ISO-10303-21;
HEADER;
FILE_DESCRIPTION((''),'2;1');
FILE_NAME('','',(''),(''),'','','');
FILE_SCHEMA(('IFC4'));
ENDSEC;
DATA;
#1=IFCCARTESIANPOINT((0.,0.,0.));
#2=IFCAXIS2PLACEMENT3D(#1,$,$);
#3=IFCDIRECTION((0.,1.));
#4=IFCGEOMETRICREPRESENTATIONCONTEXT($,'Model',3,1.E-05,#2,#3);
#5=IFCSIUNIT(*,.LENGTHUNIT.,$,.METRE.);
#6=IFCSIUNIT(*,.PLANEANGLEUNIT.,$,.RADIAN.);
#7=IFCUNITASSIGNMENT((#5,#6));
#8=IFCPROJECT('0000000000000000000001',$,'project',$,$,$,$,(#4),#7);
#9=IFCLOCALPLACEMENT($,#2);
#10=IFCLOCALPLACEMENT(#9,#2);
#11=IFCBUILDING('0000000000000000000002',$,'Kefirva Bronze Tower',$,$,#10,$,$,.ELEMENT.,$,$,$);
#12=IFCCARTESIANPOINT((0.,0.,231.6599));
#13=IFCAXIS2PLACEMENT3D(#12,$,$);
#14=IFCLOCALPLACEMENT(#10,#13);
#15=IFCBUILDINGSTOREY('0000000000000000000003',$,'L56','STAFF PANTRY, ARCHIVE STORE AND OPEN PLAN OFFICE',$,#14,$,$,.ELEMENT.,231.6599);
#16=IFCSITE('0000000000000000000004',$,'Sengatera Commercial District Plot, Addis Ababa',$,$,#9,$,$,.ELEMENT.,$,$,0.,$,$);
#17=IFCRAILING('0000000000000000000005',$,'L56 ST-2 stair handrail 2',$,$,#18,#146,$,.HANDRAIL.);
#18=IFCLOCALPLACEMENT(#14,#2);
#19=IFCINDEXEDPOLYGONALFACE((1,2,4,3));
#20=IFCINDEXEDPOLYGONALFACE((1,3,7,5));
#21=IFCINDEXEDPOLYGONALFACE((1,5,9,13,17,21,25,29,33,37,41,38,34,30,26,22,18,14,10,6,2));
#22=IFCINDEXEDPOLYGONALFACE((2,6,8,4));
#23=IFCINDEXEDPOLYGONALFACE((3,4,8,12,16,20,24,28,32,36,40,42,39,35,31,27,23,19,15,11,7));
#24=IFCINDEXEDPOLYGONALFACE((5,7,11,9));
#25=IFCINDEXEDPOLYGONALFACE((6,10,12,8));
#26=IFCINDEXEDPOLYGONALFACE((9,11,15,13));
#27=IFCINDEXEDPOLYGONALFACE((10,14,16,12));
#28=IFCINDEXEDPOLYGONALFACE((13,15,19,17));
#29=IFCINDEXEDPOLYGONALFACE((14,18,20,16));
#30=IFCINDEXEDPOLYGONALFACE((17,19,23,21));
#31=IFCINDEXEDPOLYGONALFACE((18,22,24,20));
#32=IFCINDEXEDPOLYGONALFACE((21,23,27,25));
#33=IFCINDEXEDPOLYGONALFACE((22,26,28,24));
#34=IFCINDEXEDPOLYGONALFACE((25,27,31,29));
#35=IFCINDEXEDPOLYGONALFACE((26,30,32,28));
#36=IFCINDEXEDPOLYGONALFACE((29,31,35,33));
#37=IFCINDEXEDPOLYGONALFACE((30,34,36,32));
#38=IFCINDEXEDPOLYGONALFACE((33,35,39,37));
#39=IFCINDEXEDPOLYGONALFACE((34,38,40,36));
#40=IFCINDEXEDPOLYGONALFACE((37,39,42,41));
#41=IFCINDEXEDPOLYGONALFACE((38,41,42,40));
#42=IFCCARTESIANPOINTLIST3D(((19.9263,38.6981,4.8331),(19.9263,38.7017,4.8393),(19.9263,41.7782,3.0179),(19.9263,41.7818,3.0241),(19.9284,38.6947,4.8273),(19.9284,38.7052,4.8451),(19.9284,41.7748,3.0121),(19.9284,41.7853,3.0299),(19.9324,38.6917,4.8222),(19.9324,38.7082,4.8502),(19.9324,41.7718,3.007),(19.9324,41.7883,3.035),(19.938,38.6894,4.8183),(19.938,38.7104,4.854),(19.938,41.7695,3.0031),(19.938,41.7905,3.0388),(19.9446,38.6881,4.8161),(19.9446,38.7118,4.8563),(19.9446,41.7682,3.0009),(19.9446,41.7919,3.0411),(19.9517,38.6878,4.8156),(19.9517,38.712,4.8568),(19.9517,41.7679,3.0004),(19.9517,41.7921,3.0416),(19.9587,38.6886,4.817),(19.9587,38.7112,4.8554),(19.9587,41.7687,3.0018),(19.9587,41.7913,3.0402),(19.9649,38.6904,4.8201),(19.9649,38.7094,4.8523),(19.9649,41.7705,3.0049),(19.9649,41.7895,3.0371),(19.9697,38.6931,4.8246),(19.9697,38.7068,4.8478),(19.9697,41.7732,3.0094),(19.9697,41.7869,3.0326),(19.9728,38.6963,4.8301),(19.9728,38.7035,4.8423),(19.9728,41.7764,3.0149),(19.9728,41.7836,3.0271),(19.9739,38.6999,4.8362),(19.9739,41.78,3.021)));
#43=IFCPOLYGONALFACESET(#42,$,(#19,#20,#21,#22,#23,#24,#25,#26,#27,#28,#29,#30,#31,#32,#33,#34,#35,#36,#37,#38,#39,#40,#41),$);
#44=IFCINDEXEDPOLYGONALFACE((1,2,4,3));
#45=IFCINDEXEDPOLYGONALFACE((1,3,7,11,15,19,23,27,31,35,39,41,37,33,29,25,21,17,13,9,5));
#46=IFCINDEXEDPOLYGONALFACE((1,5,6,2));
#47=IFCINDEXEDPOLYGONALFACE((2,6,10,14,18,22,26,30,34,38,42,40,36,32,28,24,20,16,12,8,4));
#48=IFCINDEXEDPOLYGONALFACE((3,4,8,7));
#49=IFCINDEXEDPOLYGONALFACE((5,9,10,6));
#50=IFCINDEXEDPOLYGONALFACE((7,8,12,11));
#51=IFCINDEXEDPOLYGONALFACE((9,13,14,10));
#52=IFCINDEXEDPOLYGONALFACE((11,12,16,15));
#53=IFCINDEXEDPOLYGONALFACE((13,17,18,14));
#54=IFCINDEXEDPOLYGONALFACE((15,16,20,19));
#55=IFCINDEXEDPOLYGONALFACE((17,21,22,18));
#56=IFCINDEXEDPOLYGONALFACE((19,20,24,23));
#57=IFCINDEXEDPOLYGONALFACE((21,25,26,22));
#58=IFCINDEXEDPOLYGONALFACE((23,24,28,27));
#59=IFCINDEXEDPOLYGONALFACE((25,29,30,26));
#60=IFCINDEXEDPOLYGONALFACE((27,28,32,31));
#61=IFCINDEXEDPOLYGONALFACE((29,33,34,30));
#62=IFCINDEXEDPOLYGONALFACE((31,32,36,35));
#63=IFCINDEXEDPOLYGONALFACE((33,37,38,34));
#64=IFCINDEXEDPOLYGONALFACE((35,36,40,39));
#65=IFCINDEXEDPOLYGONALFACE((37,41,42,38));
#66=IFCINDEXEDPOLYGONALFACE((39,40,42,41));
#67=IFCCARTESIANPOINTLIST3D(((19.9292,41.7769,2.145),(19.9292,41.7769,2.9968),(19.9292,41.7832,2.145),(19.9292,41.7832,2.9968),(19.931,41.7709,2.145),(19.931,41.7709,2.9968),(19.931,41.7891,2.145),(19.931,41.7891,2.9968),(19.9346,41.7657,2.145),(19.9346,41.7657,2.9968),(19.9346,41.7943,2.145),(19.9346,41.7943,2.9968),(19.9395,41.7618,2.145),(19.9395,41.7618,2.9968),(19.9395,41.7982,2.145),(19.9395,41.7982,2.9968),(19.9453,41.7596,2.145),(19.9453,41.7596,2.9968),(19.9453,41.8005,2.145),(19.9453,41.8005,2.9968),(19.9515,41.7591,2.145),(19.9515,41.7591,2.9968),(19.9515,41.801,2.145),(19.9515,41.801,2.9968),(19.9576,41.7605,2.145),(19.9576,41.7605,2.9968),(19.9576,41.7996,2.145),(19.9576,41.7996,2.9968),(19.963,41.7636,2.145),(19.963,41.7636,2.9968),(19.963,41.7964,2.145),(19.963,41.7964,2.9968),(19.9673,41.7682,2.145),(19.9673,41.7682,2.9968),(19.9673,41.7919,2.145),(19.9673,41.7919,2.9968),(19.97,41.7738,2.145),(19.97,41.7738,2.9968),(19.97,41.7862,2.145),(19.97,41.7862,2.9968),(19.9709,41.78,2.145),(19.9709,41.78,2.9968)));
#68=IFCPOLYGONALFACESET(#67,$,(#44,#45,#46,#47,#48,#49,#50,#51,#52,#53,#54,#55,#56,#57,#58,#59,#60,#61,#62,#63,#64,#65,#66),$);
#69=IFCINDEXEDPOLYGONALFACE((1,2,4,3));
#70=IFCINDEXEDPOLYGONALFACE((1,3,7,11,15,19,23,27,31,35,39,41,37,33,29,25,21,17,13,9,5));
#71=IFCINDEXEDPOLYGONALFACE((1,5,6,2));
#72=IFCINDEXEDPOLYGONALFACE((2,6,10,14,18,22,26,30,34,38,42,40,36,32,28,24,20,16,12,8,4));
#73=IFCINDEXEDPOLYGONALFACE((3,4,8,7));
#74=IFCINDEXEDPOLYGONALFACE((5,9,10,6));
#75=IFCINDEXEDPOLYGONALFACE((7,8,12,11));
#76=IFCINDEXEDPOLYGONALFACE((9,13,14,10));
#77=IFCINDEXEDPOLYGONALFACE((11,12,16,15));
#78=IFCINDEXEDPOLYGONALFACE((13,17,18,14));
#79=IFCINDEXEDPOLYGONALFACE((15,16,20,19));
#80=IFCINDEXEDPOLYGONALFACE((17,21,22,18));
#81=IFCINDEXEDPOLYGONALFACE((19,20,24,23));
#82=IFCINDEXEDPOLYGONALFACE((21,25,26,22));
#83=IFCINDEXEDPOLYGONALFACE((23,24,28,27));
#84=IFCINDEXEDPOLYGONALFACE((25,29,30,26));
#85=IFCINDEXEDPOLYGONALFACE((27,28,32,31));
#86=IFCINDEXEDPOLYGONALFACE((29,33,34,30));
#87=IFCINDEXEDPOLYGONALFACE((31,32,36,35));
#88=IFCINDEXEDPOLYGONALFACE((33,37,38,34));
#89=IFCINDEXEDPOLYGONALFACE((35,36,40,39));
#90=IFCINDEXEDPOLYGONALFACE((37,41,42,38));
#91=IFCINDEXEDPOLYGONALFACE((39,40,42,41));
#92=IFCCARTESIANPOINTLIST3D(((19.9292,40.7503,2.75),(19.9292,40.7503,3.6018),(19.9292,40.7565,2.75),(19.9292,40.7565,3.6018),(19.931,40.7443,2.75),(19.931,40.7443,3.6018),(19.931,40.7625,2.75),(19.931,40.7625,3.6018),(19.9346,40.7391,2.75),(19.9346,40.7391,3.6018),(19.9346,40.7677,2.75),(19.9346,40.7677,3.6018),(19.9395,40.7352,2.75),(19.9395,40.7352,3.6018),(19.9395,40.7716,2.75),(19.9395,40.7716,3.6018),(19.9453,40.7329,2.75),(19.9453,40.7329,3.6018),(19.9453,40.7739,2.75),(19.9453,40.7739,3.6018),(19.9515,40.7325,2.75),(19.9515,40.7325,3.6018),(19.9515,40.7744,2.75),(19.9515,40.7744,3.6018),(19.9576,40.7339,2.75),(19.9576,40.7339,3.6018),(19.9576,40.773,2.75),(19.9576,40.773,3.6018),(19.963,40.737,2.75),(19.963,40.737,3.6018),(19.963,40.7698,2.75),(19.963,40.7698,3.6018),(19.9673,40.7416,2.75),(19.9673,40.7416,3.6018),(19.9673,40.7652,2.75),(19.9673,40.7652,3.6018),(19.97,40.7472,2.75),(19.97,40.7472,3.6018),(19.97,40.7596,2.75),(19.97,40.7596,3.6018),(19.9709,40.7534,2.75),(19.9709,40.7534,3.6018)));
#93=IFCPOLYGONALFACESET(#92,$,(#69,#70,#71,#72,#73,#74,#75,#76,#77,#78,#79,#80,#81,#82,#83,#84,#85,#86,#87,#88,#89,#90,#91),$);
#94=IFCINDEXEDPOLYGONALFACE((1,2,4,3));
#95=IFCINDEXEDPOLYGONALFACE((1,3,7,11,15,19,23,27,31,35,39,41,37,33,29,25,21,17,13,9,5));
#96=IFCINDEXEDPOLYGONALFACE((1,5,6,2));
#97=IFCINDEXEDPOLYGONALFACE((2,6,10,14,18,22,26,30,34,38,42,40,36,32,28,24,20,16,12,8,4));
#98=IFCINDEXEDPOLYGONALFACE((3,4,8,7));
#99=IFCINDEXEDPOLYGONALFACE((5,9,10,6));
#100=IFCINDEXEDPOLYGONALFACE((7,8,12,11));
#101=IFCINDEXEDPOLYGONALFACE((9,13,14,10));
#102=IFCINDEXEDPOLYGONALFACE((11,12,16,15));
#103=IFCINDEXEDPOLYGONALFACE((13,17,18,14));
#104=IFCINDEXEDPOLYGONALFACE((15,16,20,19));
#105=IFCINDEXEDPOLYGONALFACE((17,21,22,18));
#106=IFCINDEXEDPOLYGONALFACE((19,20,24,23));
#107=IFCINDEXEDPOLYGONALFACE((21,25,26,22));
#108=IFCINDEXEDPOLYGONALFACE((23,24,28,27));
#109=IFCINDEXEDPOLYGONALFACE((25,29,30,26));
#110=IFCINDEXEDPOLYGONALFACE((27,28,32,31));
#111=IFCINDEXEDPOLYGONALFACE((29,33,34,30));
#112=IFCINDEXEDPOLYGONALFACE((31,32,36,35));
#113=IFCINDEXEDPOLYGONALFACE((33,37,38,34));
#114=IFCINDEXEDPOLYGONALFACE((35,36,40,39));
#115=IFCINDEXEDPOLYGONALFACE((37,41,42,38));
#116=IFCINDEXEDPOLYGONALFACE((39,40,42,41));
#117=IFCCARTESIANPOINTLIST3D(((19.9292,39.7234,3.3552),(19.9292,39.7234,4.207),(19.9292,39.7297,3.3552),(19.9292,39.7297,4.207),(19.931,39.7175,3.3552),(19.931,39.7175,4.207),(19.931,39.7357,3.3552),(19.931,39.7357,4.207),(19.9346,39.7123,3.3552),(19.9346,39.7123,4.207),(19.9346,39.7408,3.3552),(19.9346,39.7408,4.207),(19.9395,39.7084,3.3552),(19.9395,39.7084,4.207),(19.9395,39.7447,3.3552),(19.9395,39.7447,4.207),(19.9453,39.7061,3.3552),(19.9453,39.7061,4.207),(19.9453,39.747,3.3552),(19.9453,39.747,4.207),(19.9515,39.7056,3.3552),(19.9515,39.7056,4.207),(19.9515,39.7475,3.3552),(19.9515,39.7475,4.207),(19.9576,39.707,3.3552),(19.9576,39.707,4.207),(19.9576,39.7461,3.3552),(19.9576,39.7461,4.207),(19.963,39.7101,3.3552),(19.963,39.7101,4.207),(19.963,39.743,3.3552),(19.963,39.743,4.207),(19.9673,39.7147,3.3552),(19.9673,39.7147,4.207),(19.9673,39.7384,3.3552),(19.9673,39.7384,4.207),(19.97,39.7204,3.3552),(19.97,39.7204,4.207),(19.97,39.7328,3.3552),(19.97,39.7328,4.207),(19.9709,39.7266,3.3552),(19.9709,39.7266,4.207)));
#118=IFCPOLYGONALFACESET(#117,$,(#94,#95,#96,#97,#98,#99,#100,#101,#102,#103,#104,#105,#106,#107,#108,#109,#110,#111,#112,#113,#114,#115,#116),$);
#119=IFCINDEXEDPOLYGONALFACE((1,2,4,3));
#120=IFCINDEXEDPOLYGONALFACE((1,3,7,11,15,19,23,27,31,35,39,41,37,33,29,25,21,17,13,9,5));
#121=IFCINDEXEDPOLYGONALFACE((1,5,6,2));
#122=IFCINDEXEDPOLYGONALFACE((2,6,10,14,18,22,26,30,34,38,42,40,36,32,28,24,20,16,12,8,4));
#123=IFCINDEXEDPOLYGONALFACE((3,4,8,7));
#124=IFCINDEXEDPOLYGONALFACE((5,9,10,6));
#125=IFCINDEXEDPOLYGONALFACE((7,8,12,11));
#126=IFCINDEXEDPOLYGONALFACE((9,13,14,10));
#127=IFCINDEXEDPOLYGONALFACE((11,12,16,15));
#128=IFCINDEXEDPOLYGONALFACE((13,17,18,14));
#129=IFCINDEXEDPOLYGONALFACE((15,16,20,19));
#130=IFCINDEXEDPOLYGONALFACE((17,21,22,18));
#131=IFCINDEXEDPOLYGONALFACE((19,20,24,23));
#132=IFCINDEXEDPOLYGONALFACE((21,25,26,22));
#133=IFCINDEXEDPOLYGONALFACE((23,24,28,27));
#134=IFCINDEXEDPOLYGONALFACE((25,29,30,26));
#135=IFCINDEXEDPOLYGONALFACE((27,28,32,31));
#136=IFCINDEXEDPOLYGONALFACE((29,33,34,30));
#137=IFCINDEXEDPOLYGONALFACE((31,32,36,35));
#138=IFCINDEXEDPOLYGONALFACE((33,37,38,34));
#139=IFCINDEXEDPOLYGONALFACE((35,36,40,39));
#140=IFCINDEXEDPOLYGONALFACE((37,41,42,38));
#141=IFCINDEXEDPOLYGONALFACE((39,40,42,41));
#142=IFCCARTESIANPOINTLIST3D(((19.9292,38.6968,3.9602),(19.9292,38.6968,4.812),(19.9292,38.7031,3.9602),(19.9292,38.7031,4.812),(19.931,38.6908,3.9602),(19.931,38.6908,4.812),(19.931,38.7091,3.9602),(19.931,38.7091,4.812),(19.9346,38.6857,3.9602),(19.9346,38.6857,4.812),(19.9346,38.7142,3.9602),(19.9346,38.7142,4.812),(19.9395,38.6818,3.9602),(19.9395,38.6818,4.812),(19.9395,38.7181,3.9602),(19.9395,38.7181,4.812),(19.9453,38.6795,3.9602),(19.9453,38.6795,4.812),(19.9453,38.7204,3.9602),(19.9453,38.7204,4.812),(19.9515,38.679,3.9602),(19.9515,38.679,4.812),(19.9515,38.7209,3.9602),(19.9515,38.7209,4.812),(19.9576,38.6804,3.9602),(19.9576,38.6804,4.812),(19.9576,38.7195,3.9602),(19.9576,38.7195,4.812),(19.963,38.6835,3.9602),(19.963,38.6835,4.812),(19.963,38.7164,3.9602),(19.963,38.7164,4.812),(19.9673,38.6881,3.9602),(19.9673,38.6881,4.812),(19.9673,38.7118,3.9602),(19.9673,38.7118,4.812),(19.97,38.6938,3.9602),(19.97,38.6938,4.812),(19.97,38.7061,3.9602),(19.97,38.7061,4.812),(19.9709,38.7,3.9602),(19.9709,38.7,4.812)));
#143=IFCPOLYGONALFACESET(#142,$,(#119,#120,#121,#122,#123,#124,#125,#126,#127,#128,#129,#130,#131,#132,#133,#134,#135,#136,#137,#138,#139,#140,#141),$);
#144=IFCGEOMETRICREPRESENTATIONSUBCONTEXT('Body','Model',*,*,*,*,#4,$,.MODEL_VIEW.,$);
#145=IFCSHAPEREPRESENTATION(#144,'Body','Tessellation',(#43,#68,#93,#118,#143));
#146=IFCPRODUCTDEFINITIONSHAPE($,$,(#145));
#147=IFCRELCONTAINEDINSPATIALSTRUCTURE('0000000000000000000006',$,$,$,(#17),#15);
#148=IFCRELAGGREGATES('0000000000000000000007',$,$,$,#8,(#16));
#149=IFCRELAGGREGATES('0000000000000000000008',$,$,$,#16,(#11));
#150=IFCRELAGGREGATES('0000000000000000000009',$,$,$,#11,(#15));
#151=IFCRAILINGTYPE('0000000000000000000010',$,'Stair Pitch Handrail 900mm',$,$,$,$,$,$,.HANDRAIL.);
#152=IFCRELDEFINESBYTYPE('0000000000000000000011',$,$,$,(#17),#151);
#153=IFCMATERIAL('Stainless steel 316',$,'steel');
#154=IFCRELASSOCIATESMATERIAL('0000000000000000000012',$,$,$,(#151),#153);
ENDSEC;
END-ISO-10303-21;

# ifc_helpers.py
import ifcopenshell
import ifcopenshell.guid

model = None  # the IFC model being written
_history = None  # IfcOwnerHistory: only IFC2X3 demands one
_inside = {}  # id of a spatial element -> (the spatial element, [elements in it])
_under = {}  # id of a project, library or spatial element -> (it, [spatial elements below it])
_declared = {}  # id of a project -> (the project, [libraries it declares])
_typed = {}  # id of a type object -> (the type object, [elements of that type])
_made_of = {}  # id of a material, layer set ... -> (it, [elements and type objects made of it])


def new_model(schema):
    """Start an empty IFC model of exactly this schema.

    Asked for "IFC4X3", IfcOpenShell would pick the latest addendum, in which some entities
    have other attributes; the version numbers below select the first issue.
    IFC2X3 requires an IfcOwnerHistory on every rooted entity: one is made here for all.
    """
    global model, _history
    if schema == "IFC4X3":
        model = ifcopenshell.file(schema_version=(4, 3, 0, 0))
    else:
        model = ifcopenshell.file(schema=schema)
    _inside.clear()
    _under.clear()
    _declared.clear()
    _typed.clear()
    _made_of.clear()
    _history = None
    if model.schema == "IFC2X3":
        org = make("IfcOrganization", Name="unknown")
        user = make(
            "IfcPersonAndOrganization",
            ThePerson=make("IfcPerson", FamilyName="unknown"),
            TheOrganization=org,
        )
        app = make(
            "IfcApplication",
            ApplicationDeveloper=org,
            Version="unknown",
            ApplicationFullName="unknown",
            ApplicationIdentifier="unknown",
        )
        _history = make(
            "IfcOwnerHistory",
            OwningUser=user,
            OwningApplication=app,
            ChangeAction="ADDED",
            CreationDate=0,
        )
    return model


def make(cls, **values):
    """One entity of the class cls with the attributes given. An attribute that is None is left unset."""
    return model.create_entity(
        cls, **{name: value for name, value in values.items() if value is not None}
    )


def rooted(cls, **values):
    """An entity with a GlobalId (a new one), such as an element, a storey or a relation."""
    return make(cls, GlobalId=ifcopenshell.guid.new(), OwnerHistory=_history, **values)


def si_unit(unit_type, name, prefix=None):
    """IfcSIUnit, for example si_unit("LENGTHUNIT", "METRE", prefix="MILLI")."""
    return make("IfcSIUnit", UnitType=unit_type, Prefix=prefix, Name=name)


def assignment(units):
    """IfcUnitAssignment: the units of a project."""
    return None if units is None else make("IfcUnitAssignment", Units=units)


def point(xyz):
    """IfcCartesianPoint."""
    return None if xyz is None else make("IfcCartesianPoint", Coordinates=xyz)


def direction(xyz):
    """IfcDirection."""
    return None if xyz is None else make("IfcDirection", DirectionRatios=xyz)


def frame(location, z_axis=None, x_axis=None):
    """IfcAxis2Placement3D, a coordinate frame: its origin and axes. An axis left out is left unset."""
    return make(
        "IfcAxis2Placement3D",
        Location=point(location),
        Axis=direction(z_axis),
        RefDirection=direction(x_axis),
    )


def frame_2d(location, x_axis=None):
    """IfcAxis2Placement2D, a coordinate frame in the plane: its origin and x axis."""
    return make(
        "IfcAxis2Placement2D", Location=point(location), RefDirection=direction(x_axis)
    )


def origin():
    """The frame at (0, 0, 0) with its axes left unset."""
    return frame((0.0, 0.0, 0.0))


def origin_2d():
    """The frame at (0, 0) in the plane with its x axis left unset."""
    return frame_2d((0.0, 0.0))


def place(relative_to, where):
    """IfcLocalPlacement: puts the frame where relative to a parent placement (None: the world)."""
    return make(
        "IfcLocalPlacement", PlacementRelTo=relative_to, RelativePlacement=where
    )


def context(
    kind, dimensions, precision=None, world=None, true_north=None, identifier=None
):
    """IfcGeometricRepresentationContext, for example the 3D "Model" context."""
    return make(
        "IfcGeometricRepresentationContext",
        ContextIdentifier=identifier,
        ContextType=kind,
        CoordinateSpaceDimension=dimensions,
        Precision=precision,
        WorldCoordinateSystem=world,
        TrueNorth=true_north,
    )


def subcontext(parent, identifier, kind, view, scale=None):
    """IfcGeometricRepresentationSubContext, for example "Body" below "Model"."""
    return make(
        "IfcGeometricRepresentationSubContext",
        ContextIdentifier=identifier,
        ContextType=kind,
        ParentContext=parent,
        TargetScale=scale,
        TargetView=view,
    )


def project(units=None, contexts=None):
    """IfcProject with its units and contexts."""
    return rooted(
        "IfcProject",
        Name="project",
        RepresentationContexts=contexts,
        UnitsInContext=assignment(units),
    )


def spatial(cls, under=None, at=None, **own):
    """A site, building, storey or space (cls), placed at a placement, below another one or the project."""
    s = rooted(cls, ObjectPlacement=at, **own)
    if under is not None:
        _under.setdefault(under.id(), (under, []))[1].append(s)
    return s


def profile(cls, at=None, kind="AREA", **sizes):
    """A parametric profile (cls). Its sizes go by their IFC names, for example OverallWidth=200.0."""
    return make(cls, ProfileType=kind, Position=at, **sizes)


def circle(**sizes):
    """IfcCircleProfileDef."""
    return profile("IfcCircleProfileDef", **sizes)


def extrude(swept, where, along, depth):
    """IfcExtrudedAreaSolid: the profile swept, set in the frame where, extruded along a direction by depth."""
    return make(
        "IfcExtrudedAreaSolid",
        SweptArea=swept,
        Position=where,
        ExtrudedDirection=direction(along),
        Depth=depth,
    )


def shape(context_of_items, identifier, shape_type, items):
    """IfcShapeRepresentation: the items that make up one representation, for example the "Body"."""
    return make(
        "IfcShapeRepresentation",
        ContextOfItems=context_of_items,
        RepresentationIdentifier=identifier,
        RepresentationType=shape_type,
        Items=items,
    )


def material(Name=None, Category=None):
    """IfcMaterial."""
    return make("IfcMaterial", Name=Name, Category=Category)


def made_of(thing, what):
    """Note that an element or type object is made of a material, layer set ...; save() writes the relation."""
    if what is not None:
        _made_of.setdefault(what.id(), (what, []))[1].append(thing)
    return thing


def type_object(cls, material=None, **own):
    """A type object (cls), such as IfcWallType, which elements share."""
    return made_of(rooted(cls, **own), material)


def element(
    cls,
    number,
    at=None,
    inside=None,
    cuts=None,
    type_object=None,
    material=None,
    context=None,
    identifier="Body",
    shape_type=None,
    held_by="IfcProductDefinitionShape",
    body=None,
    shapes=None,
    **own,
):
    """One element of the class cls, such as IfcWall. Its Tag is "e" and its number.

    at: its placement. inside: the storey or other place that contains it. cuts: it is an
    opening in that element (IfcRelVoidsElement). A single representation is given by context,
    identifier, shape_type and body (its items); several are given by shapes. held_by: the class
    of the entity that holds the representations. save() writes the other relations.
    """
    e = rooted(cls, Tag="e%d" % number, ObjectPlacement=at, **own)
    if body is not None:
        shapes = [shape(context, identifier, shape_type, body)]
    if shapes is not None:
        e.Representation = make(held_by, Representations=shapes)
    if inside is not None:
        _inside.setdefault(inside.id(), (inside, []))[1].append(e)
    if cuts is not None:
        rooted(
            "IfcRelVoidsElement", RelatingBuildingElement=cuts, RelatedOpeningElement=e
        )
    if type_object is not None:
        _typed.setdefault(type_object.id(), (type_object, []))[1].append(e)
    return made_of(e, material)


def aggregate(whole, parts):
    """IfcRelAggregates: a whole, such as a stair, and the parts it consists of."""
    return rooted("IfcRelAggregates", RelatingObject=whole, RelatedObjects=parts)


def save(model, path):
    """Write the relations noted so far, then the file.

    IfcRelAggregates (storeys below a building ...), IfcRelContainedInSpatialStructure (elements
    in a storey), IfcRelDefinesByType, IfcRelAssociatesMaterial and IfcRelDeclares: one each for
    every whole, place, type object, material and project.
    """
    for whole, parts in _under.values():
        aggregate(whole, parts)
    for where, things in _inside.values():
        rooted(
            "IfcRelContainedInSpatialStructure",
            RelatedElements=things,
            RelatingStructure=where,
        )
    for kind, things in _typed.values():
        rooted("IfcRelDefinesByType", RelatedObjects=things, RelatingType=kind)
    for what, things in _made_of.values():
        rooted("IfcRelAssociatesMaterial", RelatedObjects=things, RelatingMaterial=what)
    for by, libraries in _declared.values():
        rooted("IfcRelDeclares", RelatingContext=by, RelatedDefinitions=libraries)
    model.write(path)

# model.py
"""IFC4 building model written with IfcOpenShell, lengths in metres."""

from ifc_helpers import new_model, si_unit, direction, frame, origin, origin_2d, place, context, subcontext, project, spatial, circle, extrude, material, type_object, element, save


model = new_model("IFC4")

# Units and contexts
model_context = context("Model", 3, precision=1e-05, world=origin(), true_north=direction((0.0, 1.0)))
body_context = subcontext(model_context, "Body", "Model", "MODEL_VIEW")
ifc_project = project(units=[si_unit("LENGTHUNIT", "METRE"), si_unit("PLANEANGLEUNIT", "RADIAN")], contexts=[model_context])

# Site, building, storey
site_placement = place(None, origin())
site = spatial("IfcSite", under=ifc_project, at=site_placement, Name="Sengatera Commercial District Plot, Addis Ababa", CompositionType="ELEMENT", RefElevation=0.0)
building_placement = place(site_placement, origin())
building = spatial("IfcBuilding", under=site, at=building_placement, Name="Kefirva Bronze Tower", CompositionType="ELEMENT")
storey_placement = place(building_placement, frame((0.0, 0.0, 231.6599)))
storey = spatial("IfcBuildingStorey", under=building, at=storey_placement, Name="L56", Description="STAFF PANTRY, ARCHIVE STORE AND OPEN PLAN OFFICE", CompositionType="ELEMENT", Elevation=231.6599)

# Railing
ifc_material_1 = material(Name="Stainless steel 316", Category="steel")
railing_type_1 = type_object("IfcRailingType", Name="Stair Pitch Handrail 900mm", PredefinedType="HANDRAIL", material=ifc_material_1)
railing_1_placement = place(storey_placement, frame((19.95, 41.78, 2.145)))
element("IfcRailing", 1, at=railing_1_placement, inside=storey, type_object=railing_type_1, Name="L56 ST-2 stair handrail 2", PredefinedType="HANDRAIL", context=body_context, shape_type="SweptSolid", body=[
    extrude(circle(Radius=0.0239, at=origin_2d()), frame((0.0, 0.0, 0.876), z_axis=(0.0, -0.861521, 0.507721), x_axis=(1.0, 0.0, 0.0)), (0.0, 0.0, 1.0), 3.5752),
    extrude(circle(Radius=0.021, at=origin_2d()), origin(), (0.0, 0.0, 1.0), 0.8518),
    extrude(circle(Radius=0.021, at=origin_2d()), frame((0.0, -1.0266, 0.605)), (0.0, 0.0, 1.0), 0.8518),
    extrude(circle(Radius=0.021, at=origin_2d()), frame((0.0, -2.0535, 1.2102)), (0.0, 0.0, 1.0), 0.8518),
    extrude(circle(Radius=0.021, at=origin_2d()), frame((0.0, -3.0801, 1.8152)), (0.0, 0.0, 1.0), 0.8518),
])

save(model, "model.ifc")
